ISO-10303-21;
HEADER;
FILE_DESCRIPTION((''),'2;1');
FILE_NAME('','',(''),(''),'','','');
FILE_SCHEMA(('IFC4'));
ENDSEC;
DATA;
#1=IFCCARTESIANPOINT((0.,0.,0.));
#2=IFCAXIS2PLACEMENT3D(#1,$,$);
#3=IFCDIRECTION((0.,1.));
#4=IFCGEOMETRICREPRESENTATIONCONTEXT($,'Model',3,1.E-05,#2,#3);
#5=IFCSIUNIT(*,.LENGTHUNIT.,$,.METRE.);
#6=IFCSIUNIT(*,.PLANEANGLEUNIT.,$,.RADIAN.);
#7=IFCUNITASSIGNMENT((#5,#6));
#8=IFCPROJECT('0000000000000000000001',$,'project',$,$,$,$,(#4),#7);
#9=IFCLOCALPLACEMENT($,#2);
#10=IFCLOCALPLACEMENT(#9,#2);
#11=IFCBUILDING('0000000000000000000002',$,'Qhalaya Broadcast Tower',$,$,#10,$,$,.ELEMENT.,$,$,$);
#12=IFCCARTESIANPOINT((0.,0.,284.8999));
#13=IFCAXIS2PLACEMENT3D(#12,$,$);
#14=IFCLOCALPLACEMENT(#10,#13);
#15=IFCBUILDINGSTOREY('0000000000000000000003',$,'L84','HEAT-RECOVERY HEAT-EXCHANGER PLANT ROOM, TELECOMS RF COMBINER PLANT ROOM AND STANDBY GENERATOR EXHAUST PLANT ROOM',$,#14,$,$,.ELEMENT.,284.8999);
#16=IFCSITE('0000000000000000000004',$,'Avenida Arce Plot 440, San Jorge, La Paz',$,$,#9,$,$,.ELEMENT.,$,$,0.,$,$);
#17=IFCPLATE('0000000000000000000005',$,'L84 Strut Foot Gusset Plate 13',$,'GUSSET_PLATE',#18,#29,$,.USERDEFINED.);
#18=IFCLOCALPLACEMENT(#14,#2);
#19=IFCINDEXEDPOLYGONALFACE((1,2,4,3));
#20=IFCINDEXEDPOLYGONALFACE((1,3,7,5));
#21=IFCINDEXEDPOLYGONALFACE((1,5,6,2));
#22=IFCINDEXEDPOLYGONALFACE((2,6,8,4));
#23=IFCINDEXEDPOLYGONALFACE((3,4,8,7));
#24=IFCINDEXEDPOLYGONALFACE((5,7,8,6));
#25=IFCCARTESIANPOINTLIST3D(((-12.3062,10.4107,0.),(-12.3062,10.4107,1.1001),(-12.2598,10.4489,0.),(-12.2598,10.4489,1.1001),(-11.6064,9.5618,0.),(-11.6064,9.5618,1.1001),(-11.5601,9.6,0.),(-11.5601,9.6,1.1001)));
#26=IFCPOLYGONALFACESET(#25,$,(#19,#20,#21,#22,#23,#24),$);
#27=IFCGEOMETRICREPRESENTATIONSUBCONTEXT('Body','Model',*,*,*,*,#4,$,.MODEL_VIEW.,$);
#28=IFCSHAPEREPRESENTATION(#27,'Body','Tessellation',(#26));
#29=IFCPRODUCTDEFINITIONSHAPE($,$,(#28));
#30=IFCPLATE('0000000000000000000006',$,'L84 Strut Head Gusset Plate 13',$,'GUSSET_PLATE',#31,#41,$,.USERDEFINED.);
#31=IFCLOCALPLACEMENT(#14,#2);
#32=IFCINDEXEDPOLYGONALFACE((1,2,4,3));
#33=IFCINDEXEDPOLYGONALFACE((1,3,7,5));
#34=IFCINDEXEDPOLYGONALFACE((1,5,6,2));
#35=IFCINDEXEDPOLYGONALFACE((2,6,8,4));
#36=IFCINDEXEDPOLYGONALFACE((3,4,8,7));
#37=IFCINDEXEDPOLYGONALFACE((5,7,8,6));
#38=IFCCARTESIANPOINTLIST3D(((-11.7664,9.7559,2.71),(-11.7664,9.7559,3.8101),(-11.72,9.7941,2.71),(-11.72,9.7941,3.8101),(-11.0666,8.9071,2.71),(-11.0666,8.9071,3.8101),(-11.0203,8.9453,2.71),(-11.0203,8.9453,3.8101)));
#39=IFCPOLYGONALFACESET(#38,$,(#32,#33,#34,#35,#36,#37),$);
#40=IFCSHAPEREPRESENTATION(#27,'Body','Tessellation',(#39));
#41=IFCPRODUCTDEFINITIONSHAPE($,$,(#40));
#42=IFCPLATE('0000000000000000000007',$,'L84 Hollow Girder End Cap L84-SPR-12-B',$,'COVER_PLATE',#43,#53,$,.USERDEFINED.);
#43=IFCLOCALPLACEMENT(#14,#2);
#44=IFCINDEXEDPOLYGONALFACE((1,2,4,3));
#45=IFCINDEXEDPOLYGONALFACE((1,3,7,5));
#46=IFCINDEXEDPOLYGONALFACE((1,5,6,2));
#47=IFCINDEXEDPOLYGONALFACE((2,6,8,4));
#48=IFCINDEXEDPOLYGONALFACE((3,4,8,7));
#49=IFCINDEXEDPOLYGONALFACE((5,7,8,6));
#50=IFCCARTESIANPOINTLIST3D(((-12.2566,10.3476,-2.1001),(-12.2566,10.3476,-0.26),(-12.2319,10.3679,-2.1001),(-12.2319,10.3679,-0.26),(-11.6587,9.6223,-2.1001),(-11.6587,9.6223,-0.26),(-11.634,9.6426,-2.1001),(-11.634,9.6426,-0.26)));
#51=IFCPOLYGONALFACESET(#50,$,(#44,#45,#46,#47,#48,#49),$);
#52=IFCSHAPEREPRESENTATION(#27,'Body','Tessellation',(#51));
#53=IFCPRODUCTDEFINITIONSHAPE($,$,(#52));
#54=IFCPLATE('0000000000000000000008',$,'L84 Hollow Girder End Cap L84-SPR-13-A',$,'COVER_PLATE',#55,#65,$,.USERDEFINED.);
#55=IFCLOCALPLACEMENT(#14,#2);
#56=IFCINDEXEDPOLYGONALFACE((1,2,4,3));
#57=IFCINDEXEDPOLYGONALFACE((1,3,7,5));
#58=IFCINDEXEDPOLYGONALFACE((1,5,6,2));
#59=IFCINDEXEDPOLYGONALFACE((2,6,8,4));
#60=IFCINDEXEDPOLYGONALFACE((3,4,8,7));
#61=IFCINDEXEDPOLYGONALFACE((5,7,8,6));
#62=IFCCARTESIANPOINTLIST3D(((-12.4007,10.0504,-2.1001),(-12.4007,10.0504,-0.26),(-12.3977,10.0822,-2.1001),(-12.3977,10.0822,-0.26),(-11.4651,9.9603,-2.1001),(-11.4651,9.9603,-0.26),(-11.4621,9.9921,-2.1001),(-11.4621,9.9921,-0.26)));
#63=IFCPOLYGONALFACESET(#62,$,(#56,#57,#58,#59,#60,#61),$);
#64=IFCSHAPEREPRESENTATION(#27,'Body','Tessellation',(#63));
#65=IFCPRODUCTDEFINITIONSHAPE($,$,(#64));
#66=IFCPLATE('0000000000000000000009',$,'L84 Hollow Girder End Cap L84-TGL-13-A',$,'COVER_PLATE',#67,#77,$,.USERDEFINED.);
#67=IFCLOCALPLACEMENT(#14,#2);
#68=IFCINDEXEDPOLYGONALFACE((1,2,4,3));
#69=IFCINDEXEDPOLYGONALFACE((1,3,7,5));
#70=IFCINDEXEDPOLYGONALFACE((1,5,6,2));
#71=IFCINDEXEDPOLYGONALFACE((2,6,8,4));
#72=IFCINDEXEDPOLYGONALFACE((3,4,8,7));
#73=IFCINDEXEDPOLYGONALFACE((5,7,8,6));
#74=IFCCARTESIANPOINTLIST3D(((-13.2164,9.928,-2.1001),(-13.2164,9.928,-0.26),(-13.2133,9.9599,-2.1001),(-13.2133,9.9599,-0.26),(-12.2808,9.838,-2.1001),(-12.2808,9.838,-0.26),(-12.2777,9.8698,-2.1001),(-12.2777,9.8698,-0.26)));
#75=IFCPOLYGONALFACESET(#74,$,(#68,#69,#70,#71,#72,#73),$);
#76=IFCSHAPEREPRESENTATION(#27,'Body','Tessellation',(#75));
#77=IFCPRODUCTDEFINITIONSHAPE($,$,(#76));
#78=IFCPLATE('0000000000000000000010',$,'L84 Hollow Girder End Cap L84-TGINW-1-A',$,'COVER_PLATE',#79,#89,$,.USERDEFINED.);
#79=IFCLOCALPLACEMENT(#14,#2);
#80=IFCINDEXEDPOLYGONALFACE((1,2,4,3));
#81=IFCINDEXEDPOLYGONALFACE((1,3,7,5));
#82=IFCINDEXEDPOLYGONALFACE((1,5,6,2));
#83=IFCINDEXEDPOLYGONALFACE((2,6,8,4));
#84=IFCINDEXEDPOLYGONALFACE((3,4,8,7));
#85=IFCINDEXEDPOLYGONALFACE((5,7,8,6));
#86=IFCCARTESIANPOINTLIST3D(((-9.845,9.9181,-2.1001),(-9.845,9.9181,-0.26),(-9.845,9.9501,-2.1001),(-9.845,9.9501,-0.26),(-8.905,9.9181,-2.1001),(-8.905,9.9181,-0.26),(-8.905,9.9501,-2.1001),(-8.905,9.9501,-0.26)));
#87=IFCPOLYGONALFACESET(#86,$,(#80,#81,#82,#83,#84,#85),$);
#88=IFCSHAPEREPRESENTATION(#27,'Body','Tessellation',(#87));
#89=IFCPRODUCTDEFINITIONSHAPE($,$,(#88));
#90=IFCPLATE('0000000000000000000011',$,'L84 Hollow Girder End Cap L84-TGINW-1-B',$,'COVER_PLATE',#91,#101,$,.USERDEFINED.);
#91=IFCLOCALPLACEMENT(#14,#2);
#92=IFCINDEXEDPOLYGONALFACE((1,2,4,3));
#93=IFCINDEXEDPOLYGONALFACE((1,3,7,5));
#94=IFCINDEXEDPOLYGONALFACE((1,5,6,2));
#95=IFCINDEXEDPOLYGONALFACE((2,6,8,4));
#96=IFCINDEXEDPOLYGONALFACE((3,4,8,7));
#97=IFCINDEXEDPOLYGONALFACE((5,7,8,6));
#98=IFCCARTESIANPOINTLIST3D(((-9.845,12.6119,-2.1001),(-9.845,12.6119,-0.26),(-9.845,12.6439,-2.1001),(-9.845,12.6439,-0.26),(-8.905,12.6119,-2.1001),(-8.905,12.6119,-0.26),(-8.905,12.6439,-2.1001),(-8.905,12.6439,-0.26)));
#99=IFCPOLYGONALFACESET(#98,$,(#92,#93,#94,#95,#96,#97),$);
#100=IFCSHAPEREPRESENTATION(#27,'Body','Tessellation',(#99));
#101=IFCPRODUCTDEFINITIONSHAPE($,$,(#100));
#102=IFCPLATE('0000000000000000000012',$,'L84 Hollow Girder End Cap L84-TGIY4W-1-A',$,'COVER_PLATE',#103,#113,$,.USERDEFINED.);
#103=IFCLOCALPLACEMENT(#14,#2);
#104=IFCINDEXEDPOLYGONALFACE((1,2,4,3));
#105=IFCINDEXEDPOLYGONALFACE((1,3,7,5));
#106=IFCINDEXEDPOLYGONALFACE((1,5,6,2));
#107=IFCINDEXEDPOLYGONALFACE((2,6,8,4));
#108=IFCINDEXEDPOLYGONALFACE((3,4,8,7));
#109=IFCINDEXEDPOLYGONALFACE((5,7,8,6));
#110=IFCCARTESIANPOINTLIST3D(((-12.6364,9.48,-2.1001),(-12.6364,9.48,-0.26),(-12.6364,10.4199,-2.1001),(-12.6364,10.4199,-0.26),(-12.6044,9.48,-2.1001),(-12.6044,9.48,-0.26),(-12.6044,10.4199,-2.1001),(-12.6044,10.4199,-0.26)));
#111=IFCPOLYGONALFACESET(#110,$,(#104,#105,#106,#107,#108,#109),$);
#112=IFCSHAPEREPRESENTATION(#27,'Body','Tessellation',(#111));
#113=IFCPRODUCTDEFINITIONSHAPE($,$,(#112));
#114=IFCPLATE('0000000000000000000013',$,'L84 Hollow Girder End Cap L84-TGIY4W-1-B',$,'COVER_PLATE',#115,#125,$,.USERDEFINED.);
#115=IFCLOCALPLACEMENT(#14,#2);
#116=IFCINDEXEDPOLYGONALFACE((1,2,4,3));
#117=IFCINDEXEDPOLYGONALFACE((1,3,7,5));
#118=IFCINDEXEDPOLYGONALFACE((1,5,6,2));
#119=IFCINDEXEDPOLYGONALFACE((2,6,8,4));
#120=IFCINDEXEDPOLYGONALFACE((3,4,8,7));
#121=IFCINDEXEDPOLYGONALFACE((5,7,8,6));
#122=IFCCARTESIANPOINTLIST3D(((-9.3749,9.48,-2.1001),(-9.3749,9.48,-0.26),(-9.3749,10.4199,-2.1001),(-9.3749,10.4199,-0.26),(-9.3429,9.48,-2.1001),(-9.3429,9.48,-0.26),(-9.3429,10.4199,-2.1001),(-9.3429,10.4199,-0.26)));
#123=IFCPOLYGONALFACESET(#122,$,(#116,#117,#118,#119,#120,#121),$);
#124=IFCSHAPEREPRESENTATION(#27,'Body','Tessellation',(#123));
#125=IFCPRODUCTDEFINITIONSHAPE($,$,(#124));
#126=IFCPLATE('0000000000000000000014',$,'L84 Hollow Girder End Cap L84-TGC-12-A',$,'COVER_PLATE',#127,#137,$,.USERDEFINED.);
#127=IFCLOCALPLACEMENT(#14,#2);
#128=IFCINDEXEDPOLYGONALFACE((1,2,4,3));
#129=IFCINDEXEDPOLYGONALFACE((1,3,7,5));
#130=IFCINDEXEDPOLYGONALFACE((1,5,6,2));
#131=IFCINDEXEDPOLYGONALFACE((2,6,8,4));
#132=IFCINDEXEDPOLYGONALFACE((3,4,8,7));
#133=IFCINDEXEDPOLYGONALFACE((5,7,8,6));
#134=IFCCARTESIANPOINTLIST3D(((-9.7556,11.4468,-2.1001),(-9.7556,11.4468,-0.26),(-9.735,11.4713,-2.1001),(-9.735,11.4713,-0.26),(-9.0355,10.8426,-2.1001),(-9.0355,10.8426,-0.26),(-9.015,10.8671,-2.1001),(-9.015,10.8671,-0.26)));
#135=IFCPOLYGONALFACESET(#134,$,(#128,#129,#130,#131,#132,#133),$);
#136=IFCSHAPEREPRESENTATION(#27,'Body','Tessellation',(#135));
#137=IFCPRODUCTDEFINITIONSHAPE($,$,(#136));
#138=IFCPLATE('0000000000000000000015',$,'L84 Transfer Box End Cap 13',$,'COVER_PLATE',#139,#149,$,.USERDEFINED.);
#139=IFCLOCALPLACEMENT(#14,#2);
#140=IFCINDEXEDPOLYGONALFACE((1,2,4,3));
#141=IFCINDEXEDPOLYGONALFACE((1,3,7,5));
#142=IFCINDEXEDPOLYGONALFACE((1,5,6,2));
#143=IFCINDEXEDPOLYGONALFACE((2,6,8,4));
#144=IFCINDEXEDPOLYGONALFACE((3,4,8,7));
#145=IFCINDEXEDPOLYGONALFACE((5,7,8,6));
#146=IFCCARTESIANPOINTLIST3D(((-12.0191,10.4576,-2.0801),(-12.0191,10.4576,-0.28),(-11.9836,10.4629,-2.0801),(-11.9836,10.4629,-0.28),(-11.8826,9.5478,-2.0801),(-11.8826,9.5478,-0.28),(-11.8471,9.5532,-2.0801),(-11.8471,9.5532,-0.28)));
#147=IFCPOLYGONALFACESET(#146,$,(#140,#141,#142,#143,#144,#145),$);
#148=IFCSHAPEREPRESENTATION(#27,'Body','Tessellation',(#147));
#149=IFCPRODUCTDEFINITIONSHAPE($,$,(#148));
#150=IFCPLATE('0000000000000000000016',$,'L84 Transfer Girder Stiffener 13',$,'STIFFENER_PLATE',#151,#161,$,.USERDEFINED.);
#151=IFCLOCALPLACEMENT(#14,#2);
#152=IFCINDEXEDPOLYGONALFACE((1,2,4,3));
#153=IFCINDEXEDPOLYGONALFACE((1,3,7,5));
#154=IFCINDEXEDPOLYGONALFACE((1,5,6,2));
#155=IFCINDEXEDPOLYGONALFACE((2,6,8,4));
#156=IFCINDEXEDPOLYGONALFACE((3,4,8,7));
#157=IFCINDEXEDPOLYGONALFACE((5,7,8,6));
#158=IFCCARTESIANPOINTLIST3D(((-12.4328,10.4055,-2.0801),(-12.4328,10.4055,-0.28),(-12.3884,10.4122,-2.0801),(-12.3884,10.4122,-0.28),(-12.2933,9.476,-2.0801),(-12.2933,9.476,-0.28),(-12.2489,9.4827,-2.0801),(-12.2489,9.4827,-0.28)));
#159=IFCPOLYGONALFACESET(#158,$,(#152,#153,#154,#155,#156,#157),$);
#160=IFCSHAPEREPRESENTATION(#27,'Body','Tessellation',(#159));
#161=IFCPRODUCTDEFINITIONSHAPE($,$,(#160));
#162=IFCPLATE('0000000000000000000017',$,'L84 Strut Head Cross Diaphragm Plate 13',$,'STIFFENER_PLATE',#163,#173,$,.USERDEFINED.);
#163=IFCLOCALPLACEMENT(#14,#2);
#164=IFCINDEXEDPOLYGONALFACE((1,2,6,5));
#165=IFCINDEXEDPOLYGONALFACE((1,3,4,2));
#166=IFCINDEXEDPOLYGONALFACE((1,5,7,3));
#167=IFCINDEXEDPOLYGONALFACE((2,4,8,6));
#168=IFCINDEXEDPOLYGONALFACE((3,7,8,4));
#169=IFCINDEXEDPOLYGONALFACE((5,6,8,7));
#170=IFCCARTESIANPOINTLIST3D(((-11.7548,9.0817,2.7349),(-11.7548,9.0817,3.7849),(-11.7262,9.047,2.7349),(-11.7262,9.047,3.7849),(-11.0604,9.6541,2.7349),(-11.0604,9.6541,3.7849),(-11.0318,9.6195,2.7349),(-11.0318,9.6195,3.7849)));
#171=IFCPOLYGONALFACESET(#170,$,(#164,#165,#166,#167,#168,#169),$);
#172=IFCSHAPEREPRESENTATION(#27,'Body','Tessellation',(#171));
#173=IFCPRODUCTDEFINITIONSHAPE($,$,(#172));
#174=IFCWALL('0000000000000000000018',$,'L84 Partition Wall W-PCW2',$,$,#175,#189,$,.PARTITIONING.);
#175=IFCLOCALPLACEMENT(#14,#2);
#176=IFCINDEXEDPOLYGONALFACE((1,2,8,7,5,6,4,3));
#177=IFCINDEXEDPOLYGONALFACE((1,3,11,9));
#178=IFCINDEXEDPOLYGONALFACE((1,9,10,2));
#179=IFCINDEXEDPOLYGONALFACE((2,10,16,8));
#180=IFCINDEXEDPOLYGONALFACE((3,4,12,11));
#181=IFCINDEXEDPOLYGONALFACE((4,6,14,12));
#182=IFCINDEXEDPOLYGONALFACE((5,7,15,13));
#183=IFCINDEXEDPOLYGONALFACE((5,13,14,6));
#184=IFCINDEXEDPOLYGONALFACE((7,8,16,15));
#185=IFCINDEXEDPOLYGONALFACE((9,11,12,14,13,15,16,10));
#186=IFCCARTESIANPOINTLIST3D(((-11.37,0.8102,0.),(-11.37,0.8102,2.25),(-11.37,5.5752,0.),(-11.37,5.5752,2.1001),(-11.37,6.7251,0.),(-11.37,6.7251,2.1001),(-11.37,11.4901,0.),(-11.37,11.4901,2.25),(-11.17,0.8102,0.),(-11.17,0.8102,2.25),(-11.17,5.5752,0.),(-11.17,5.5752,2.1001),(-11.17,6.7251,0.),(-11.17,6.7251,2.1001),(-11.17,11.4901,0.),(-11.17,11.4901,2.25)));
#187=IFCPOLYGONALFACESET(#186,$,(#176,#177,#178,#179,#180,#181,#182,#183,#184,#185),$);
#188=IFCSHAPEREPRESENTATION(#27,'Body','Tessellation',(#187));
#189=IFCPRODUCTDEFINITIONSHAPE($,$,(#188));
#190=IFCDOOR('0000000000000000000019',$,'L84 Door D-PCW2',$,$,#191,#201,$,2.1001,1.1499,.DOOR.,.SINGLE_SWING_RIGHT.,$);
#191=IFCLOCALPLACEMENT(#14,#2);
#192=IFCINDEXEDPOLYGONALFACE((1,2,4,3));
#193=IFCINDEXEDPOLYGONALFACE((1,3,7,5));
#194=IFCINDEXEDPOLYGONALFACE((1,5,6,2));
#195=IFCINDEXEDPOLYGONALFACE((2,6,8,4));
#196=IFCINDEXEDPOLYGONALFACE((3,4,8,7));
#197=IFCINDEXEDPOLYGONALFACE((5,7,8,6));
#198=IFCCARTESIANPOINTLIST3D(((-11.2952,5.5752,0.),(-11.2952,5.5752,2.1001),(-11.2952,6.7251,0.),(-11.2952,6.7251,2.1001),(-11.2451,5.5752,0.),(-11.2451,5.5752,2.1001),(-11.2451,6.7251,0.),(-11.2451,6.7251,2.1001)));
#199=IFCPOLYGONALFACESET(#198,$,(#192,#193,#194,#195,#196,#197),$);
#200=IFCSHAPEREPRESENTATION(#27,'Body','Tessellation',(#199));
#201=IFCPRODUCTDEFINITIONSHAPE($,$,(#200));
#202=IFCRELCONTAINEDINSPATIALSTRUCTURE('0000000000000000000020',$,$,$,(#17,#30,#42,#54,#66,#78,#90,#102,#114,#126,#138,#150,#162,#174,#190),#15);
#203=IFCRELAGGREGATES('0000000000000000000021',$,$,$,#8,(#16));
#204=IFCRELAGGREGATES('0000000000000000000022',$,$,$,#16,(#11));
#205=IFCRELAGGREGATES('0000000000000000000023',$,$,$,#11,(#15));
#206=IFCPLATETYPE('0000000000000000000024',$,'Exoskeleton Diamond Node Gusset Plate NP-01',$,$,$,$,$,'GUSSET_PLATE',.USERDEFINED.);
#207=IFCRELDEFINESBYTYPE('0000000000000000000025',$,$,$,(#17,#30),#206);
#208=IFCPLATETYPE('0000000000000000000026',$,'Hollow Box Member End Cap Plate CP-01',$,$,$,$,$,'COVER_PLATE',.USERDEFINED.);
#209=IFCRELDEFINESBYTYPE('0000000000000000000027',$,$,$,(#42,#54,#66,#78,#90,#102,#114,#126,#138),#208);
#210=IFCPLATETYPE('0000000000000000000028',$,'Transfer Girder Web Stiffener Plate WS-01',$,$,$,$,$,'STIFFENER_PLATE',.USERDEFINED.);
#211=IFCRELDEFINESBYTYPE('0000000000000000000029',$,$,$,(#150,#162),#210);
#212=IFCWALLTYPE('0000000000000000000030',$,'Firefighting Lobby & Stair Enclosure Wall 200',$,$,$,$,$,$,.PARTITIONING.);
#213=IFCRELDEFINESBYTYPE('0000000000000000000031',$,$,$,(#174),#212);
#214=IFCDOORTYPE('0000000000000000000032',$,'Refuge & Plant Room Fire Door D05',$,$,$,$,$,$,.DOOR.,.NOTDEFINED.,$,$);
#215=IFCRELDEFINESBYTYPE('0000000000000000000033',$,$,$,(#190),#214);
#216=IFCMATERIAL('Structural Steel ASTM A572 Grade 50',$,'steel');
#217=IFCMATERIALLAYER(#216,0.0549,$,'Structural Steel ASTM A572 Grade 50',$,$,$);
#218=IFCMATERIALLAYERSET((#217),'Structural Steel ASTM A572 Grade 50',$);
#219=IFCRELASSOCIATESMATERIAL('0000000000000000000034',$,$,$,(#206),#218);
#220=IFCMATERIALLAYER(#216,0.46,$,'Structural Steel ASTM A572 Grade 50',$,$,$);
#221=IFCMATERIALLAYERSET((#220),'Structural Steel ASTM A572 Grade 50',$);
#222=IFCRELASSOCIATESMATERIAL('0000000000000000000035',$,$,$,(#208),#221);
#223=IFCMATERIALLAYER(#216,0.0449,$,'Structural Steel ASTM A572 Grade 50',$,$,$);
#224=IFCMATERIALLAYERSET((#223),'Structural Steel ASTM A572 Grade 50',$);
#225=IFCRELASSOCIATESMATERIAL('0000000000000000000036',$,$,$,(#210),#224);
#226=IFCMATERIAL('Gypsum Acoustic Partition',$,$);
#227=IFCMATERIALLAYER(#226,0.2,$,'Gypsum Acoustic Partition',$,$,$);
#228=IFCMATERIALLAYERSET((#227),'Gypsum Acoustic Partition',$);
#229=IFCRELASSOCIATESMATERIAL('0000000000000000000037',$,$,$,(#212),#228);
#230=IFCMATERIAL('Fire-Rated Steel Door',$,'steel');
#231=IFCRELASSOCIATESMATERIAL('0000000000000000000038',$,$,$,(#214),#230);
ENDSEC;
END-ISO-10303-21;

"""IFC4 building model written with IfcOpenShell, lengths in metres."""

from ifc_helpers import new_model, si_unit, direction, frame, frame_2d, origin, origin_2d, place, context, subcontext, project, spatial, rectangle, extrude, material, layer, layer_set, type_object, element, fill, save


model = new_model("IFC4")

# Units and contexts
model_context = context("Model", 3, precision=1e-05, world=origin(), true_north=direction((0.0, 1.0)))
body_context = subcontext(model_context, "Body", "Model", "MODEL_VIEW")
ifc_project = project(units=[si_unit("LENGTHUNIT", "METRE"), si_unit("PLANEANGLEUNIT", "RADIAN")], contexts=[model_context])

# Site, building, storey
site_placement = place(None, origin())
site = spatial("IfcSite", under=ifc_project, at=site_placement, Name="Avenida Arce Plot 440, San Jorge, La Paz", CompositionType="ELEMENT", RefElevation=0.0)
building_placement = place(site_placement, origin())
building = spatial("IfcBuilding", under=site, at=building_placement, Name="Qhalaya Broadcast Tower", CompositionType="ELEMENT")
storey_placement = place(building_placement, frame((0.0, 0.0, 284.8999)))
storey = spatial("IfcBuildingStorey", under=building, at=storey_placement, Name="L84", Description="HEAT-RECOVERY HEAT-EXCHANGER PLANT ROOM, TELECOMS RF COMBINER PLANT ROOM AND STANDBY GENERATOR EXHAUST PLANT ROOM", CompositionType="ELEMENT", Elevation=284.8999)

# Shared definitions
ifc_material_1 = material(Name="Structural Steel ASTM A572 Grade 50", Category="steel")

# Plates
ifc_layer_1 = layer(ifc_material_1, 0.0549, Name="Structural Steel ASTM A572 Grade 50")
ifc_layer_set_1 = layer_set([ifc_layer_1], Name="Structural Steel ASTM A572 Grade 50")
plate_type_1 = type_object("IfcPlateType", Name="Exoskeleton Diamond Node Gusset Plate NP-01", ElementType="GUSSET_PLATE", PredefinedType="USERDEFINED", material=ifc_layer_set_1)
for number, where, z_axis, x_axis, name in (
    (1, (-11.9331, 10.0054, 0.0), (0.0, 0.0, 1.0), (0.636092, -0.771613, 0.0), "L84 Strut Foot Gusset Plate 13"),
    (2, (-11.3933, 9.3506, 2.71), (0.0, 0.0, 1.0), (0.636092, -0.771613, 0.0), "L84 Strut Head Gusset Plate 13"),
):
    element("IfcPlate", number, at=place(storey_placement, frame(where, z_axis=z_axis, x_axis=x_axis)), inside=storey, type_object=plate_type_1, Name=name, ObjectType="GUSSET_PLATE", PredefinedType="USERDEFINED", context=body_context, shape_type="SweptSolid", body=[
        extrude(rectangle(XDim=1.1001, YDim=0.0601, at=origin_2d()), origin(), (0.0, 0.0, 1.0), 1.1001),
    ])
ifc_layer_2 = layer(ifc_material_1, 0.46, Name="Structural Steel ASTM A572 Grade 50")
ifc_layer_set_2 = layer_set([ifc_layer_2], Name="Structural Steel ASTM A572 Grade 50")
plate_type_2 = type_object("IfcPlateType", Name="Hollow Box Member End Cap Plate CP-01", ElementType="COVER_PLATE", PredefinedType="USERDEFINED", material=ifc_layer_set_2)
for number, where, z_axis, x_axis, name in (
    (3, (-11.9453, 9.9951, -2.1001), (0.0, 0.0, 1.0), (0.636078, -0.771625, 0.0), "L84 Hollow Girder End Cap L84-SPR-12-B"),
    (4, (-11.9314, 10.0212, -2.1001), (0.0, 0.0, 1.0), (0.995396, -0.095846, 0.0), "L84 Hollow Girder End Cap L84-SPR-13-A"),
    (5, (-12.7471, 9.8989, -2.1001), (0.0, 0.0, 1.0), (0.995398, -0.095828, 0.0), "L84 Hollow Girder End Cap L84-TGL-13-A"),
    (6, (-9.375, 9.9341, -2.1001), (0.0, 0.0, 1.0), (-1.0, 0.0, 0.0), "L84 Hollow Girder End Cap L84-TGINW-1-A"),
    (7, (-9.375, 12.6279, -2.1001), (0.0, 0.0, 1.0), (-1.0, 0.0, 0.0), "L84 Hollow Girder End Cap L84-TGINW-1-B"),
    (8, (-12.6204, 9.95, -2.1001), (0.0, 0.0, 1.0), (0.0, 1.0, 0.0), "L84 Hollow Girder End Cap L84-TGIY4W-1-A"),
    (9, (-9.3589, 9.95, -2.1001), (0.0, 0.0, 1.0), (0.0, 1.0, 0.0), "L84 Hollow Girder End Cap L84-TGIY4W-1-B"),
    (10, (-9.3853, 11.157, -2.1001), (0.0, 0.0, 1.0), (-0.766056, 0.642774, 0.0), "L84 Hollow Girder End Cap L84-TGC-12-A"),
):
    element("IfcPlate", number, at=place(storey_placement, frame(where, z_axis=z_axis, x_axis=x_axis)), inside=storey, type_object=plate_type_2, Name=name, ObjectType="COVER_PLATE", PredefinedType="USERDEFINED", context=body_context, shape_type="SweptSolid", body=[
        extrude(rectangle(XDim=0.9399, YDim=0.032, at=origin_2d()), origin(), (0.0, 0.0, 1.0), 1.8401),
    ])
plate_1_placement = place(storey_placement, frame((-11.9331, 10.0054, -2.0801), z_axis=(0.0, 0.0, 1.0), x_axis=(-0.148431, 0.988923, 0.0)))
element("IfcPlate", 11, at=plate_1_placement, inside=storey, type_object=plate_type_2, Name="L84 Transfer Box End Cap 13", ObjectType="COVER_PLATE", PredefinedType="USERDEFINED", context=body_context, shape_type="SweptSolid", body=[
    extrude(rectangle(XDim=0.9199, YDim=0.0359, at=origin_2d()), origin(), (0.0, 0.0, 1.0), 1.8),
])
ifc_layer_3 = layer(ifc_material_1, 0.0449, Name="Structural Steel ASTM A572 Grade 50")
ifc_layer_set_3 = layer_set([ifc_layer_3], Name="Structural Steel ASTM A572 Grade 50")
plate_type_3 = type_object("IfcPlateType", Name="Transfer Girder Web Stiffener Plate WS-01", ElementType="STIFFENER_PLATE", PredefinedType="USERDEFINED", material=ifc_layer_set_3)
plate_2_placement = place(storey_placement, frame((-12.3408, 9.9441, -2.0801), z_axis=(0.0, 0.0, 1.0), x_axis=(-0.148431, 0.988923, 0.0)))
element("IfcPlate", 12, at=plate_2_placement, inside=storey, type_object=plate_type_3, Name="L84 Transfer Girder Stiffener 13", ObjectType="STIFFENER_PLATE", PredefinedType="USERDEFINED", context=body_context, shape_type="SweptSolid", body=[
    extrude(rectangle(XDim=0.9399, YDim=0.0449, at=origin_2d()), origin(), (0.0, 0.0, 1.0), 1.8),
])
plate_3_placement = place(storey_placement, frame((-11.3933, 9.3506, 2.7349), z_axis=(0.0, 0.0, 1.0), x_axis=(0.771613, 0.636092, 0.0)))
element("IfcPlate", 13, at=plate_3_placement, inside=storey, type_object=plate_type_3, Name="L84 Strut Head Cross Diaphragm Plate 13", ObjectType="STIFFENER_PLATE", PredefinedType="USERDEFINED", context=body_context, shape_type="SweptSolid", body=[
    extrude(rectangle(XDim=0.8999, YDim=0.0449, at=origin_2d()), origin(), (0.0, 0.0, 1.0), 1.05),
])

# Wall, opening, door
ifc_material_2 = material(Name="Gypsum Acoustic Partition")
ifc_layer_4 = layer(ifc_material_2, 0.2, Name="Gypsum Acoustic Partition")
ifc_layer_set_4 = layer_set([ifc_layer_4], Name="Gypsum Acoustic Partition")
wall_type_1 = type_object("IfcWallType", Name="Firefighting Lobby & Stair Enclosure Wall 200", PredefinedType="PARTITIONING", material=ifc_layer_set_4)
wall_1_placement = place(storey_placement, frame((-11.27, 11.49, 0.0), z_axis=(0.0, 0.0, 1.0), x_axis=(0.0, -1.0, 0.0)))
wall_1 = element("IfcWall", 14, at=wall_1_placement, inside=storey, type_object=wall_type_1, Name="L84 Partition Wall W-PCW2", PredefinedType="PARTITIONING", context=body_context, shape_type="SweptSolid", body=[
    extrude(rectangle(XDim=10.6799, YDim=0.2, at=frame_2d((5.3398, 0.0))), origin(), (0.0, 0.0, 1.0), 2.25),
])
opening_placement = place(wall_1_placement, frame((4.7649, 0.0, 0.0)))
opening = element("IfcOpeningElement", 15, at=opening_placement, cuts=wall_1, PredefinedType="OPENING", context=body_context, shape_type="SweptSolid", body=[
    extrude(rectangle(XDim=1.1499, YDim=2.1001, at=frame_2d((0.575, 1.05))), frame((0.0, 0.1121, 0.0), z_axis=(0.0, -1.0, 0.0), x_axis=(1.0, 0.0, 0.0)), (0.0, 0.0, 1.0), 0.2239),
])
ifc_material_3 = material(Name="Fire-Rated Steel Door", Category="steel")
door_type = type_object("IfcDoorType", Name="Refuge & Plant Room Fire Door D05", OperationType="NOTDEFINED", PredefinedType="DOOR", material=ifc_material_3)
door_placement = place(opening_placement, origin())
door = element("IfcDoor", 16, at=door_placement, inside=storey, type_object=door_type, Name="L84 Door D-PCW2", OperationType="SINGLE_SWING_RIGHT", OverallHeight=2.1001, OverallWidth=1.1499, PredefinedType="DOOR", context=body_context, shape_type="SweptSolid", body=[
    extrude(rectangle(XDim=1.1499, YDim=2.1001, at=frame_2d((0.575, 1.05))), frame((0.0, 0.0249, 0.0), z_axis=(0.0, -1.0, 0.0), x_axis=(1.0, 0.0, 0.0)), (0.0, 0.0, 1.0), 0.05),
])
fill(opening, door)

save(model, "model.ifc")
